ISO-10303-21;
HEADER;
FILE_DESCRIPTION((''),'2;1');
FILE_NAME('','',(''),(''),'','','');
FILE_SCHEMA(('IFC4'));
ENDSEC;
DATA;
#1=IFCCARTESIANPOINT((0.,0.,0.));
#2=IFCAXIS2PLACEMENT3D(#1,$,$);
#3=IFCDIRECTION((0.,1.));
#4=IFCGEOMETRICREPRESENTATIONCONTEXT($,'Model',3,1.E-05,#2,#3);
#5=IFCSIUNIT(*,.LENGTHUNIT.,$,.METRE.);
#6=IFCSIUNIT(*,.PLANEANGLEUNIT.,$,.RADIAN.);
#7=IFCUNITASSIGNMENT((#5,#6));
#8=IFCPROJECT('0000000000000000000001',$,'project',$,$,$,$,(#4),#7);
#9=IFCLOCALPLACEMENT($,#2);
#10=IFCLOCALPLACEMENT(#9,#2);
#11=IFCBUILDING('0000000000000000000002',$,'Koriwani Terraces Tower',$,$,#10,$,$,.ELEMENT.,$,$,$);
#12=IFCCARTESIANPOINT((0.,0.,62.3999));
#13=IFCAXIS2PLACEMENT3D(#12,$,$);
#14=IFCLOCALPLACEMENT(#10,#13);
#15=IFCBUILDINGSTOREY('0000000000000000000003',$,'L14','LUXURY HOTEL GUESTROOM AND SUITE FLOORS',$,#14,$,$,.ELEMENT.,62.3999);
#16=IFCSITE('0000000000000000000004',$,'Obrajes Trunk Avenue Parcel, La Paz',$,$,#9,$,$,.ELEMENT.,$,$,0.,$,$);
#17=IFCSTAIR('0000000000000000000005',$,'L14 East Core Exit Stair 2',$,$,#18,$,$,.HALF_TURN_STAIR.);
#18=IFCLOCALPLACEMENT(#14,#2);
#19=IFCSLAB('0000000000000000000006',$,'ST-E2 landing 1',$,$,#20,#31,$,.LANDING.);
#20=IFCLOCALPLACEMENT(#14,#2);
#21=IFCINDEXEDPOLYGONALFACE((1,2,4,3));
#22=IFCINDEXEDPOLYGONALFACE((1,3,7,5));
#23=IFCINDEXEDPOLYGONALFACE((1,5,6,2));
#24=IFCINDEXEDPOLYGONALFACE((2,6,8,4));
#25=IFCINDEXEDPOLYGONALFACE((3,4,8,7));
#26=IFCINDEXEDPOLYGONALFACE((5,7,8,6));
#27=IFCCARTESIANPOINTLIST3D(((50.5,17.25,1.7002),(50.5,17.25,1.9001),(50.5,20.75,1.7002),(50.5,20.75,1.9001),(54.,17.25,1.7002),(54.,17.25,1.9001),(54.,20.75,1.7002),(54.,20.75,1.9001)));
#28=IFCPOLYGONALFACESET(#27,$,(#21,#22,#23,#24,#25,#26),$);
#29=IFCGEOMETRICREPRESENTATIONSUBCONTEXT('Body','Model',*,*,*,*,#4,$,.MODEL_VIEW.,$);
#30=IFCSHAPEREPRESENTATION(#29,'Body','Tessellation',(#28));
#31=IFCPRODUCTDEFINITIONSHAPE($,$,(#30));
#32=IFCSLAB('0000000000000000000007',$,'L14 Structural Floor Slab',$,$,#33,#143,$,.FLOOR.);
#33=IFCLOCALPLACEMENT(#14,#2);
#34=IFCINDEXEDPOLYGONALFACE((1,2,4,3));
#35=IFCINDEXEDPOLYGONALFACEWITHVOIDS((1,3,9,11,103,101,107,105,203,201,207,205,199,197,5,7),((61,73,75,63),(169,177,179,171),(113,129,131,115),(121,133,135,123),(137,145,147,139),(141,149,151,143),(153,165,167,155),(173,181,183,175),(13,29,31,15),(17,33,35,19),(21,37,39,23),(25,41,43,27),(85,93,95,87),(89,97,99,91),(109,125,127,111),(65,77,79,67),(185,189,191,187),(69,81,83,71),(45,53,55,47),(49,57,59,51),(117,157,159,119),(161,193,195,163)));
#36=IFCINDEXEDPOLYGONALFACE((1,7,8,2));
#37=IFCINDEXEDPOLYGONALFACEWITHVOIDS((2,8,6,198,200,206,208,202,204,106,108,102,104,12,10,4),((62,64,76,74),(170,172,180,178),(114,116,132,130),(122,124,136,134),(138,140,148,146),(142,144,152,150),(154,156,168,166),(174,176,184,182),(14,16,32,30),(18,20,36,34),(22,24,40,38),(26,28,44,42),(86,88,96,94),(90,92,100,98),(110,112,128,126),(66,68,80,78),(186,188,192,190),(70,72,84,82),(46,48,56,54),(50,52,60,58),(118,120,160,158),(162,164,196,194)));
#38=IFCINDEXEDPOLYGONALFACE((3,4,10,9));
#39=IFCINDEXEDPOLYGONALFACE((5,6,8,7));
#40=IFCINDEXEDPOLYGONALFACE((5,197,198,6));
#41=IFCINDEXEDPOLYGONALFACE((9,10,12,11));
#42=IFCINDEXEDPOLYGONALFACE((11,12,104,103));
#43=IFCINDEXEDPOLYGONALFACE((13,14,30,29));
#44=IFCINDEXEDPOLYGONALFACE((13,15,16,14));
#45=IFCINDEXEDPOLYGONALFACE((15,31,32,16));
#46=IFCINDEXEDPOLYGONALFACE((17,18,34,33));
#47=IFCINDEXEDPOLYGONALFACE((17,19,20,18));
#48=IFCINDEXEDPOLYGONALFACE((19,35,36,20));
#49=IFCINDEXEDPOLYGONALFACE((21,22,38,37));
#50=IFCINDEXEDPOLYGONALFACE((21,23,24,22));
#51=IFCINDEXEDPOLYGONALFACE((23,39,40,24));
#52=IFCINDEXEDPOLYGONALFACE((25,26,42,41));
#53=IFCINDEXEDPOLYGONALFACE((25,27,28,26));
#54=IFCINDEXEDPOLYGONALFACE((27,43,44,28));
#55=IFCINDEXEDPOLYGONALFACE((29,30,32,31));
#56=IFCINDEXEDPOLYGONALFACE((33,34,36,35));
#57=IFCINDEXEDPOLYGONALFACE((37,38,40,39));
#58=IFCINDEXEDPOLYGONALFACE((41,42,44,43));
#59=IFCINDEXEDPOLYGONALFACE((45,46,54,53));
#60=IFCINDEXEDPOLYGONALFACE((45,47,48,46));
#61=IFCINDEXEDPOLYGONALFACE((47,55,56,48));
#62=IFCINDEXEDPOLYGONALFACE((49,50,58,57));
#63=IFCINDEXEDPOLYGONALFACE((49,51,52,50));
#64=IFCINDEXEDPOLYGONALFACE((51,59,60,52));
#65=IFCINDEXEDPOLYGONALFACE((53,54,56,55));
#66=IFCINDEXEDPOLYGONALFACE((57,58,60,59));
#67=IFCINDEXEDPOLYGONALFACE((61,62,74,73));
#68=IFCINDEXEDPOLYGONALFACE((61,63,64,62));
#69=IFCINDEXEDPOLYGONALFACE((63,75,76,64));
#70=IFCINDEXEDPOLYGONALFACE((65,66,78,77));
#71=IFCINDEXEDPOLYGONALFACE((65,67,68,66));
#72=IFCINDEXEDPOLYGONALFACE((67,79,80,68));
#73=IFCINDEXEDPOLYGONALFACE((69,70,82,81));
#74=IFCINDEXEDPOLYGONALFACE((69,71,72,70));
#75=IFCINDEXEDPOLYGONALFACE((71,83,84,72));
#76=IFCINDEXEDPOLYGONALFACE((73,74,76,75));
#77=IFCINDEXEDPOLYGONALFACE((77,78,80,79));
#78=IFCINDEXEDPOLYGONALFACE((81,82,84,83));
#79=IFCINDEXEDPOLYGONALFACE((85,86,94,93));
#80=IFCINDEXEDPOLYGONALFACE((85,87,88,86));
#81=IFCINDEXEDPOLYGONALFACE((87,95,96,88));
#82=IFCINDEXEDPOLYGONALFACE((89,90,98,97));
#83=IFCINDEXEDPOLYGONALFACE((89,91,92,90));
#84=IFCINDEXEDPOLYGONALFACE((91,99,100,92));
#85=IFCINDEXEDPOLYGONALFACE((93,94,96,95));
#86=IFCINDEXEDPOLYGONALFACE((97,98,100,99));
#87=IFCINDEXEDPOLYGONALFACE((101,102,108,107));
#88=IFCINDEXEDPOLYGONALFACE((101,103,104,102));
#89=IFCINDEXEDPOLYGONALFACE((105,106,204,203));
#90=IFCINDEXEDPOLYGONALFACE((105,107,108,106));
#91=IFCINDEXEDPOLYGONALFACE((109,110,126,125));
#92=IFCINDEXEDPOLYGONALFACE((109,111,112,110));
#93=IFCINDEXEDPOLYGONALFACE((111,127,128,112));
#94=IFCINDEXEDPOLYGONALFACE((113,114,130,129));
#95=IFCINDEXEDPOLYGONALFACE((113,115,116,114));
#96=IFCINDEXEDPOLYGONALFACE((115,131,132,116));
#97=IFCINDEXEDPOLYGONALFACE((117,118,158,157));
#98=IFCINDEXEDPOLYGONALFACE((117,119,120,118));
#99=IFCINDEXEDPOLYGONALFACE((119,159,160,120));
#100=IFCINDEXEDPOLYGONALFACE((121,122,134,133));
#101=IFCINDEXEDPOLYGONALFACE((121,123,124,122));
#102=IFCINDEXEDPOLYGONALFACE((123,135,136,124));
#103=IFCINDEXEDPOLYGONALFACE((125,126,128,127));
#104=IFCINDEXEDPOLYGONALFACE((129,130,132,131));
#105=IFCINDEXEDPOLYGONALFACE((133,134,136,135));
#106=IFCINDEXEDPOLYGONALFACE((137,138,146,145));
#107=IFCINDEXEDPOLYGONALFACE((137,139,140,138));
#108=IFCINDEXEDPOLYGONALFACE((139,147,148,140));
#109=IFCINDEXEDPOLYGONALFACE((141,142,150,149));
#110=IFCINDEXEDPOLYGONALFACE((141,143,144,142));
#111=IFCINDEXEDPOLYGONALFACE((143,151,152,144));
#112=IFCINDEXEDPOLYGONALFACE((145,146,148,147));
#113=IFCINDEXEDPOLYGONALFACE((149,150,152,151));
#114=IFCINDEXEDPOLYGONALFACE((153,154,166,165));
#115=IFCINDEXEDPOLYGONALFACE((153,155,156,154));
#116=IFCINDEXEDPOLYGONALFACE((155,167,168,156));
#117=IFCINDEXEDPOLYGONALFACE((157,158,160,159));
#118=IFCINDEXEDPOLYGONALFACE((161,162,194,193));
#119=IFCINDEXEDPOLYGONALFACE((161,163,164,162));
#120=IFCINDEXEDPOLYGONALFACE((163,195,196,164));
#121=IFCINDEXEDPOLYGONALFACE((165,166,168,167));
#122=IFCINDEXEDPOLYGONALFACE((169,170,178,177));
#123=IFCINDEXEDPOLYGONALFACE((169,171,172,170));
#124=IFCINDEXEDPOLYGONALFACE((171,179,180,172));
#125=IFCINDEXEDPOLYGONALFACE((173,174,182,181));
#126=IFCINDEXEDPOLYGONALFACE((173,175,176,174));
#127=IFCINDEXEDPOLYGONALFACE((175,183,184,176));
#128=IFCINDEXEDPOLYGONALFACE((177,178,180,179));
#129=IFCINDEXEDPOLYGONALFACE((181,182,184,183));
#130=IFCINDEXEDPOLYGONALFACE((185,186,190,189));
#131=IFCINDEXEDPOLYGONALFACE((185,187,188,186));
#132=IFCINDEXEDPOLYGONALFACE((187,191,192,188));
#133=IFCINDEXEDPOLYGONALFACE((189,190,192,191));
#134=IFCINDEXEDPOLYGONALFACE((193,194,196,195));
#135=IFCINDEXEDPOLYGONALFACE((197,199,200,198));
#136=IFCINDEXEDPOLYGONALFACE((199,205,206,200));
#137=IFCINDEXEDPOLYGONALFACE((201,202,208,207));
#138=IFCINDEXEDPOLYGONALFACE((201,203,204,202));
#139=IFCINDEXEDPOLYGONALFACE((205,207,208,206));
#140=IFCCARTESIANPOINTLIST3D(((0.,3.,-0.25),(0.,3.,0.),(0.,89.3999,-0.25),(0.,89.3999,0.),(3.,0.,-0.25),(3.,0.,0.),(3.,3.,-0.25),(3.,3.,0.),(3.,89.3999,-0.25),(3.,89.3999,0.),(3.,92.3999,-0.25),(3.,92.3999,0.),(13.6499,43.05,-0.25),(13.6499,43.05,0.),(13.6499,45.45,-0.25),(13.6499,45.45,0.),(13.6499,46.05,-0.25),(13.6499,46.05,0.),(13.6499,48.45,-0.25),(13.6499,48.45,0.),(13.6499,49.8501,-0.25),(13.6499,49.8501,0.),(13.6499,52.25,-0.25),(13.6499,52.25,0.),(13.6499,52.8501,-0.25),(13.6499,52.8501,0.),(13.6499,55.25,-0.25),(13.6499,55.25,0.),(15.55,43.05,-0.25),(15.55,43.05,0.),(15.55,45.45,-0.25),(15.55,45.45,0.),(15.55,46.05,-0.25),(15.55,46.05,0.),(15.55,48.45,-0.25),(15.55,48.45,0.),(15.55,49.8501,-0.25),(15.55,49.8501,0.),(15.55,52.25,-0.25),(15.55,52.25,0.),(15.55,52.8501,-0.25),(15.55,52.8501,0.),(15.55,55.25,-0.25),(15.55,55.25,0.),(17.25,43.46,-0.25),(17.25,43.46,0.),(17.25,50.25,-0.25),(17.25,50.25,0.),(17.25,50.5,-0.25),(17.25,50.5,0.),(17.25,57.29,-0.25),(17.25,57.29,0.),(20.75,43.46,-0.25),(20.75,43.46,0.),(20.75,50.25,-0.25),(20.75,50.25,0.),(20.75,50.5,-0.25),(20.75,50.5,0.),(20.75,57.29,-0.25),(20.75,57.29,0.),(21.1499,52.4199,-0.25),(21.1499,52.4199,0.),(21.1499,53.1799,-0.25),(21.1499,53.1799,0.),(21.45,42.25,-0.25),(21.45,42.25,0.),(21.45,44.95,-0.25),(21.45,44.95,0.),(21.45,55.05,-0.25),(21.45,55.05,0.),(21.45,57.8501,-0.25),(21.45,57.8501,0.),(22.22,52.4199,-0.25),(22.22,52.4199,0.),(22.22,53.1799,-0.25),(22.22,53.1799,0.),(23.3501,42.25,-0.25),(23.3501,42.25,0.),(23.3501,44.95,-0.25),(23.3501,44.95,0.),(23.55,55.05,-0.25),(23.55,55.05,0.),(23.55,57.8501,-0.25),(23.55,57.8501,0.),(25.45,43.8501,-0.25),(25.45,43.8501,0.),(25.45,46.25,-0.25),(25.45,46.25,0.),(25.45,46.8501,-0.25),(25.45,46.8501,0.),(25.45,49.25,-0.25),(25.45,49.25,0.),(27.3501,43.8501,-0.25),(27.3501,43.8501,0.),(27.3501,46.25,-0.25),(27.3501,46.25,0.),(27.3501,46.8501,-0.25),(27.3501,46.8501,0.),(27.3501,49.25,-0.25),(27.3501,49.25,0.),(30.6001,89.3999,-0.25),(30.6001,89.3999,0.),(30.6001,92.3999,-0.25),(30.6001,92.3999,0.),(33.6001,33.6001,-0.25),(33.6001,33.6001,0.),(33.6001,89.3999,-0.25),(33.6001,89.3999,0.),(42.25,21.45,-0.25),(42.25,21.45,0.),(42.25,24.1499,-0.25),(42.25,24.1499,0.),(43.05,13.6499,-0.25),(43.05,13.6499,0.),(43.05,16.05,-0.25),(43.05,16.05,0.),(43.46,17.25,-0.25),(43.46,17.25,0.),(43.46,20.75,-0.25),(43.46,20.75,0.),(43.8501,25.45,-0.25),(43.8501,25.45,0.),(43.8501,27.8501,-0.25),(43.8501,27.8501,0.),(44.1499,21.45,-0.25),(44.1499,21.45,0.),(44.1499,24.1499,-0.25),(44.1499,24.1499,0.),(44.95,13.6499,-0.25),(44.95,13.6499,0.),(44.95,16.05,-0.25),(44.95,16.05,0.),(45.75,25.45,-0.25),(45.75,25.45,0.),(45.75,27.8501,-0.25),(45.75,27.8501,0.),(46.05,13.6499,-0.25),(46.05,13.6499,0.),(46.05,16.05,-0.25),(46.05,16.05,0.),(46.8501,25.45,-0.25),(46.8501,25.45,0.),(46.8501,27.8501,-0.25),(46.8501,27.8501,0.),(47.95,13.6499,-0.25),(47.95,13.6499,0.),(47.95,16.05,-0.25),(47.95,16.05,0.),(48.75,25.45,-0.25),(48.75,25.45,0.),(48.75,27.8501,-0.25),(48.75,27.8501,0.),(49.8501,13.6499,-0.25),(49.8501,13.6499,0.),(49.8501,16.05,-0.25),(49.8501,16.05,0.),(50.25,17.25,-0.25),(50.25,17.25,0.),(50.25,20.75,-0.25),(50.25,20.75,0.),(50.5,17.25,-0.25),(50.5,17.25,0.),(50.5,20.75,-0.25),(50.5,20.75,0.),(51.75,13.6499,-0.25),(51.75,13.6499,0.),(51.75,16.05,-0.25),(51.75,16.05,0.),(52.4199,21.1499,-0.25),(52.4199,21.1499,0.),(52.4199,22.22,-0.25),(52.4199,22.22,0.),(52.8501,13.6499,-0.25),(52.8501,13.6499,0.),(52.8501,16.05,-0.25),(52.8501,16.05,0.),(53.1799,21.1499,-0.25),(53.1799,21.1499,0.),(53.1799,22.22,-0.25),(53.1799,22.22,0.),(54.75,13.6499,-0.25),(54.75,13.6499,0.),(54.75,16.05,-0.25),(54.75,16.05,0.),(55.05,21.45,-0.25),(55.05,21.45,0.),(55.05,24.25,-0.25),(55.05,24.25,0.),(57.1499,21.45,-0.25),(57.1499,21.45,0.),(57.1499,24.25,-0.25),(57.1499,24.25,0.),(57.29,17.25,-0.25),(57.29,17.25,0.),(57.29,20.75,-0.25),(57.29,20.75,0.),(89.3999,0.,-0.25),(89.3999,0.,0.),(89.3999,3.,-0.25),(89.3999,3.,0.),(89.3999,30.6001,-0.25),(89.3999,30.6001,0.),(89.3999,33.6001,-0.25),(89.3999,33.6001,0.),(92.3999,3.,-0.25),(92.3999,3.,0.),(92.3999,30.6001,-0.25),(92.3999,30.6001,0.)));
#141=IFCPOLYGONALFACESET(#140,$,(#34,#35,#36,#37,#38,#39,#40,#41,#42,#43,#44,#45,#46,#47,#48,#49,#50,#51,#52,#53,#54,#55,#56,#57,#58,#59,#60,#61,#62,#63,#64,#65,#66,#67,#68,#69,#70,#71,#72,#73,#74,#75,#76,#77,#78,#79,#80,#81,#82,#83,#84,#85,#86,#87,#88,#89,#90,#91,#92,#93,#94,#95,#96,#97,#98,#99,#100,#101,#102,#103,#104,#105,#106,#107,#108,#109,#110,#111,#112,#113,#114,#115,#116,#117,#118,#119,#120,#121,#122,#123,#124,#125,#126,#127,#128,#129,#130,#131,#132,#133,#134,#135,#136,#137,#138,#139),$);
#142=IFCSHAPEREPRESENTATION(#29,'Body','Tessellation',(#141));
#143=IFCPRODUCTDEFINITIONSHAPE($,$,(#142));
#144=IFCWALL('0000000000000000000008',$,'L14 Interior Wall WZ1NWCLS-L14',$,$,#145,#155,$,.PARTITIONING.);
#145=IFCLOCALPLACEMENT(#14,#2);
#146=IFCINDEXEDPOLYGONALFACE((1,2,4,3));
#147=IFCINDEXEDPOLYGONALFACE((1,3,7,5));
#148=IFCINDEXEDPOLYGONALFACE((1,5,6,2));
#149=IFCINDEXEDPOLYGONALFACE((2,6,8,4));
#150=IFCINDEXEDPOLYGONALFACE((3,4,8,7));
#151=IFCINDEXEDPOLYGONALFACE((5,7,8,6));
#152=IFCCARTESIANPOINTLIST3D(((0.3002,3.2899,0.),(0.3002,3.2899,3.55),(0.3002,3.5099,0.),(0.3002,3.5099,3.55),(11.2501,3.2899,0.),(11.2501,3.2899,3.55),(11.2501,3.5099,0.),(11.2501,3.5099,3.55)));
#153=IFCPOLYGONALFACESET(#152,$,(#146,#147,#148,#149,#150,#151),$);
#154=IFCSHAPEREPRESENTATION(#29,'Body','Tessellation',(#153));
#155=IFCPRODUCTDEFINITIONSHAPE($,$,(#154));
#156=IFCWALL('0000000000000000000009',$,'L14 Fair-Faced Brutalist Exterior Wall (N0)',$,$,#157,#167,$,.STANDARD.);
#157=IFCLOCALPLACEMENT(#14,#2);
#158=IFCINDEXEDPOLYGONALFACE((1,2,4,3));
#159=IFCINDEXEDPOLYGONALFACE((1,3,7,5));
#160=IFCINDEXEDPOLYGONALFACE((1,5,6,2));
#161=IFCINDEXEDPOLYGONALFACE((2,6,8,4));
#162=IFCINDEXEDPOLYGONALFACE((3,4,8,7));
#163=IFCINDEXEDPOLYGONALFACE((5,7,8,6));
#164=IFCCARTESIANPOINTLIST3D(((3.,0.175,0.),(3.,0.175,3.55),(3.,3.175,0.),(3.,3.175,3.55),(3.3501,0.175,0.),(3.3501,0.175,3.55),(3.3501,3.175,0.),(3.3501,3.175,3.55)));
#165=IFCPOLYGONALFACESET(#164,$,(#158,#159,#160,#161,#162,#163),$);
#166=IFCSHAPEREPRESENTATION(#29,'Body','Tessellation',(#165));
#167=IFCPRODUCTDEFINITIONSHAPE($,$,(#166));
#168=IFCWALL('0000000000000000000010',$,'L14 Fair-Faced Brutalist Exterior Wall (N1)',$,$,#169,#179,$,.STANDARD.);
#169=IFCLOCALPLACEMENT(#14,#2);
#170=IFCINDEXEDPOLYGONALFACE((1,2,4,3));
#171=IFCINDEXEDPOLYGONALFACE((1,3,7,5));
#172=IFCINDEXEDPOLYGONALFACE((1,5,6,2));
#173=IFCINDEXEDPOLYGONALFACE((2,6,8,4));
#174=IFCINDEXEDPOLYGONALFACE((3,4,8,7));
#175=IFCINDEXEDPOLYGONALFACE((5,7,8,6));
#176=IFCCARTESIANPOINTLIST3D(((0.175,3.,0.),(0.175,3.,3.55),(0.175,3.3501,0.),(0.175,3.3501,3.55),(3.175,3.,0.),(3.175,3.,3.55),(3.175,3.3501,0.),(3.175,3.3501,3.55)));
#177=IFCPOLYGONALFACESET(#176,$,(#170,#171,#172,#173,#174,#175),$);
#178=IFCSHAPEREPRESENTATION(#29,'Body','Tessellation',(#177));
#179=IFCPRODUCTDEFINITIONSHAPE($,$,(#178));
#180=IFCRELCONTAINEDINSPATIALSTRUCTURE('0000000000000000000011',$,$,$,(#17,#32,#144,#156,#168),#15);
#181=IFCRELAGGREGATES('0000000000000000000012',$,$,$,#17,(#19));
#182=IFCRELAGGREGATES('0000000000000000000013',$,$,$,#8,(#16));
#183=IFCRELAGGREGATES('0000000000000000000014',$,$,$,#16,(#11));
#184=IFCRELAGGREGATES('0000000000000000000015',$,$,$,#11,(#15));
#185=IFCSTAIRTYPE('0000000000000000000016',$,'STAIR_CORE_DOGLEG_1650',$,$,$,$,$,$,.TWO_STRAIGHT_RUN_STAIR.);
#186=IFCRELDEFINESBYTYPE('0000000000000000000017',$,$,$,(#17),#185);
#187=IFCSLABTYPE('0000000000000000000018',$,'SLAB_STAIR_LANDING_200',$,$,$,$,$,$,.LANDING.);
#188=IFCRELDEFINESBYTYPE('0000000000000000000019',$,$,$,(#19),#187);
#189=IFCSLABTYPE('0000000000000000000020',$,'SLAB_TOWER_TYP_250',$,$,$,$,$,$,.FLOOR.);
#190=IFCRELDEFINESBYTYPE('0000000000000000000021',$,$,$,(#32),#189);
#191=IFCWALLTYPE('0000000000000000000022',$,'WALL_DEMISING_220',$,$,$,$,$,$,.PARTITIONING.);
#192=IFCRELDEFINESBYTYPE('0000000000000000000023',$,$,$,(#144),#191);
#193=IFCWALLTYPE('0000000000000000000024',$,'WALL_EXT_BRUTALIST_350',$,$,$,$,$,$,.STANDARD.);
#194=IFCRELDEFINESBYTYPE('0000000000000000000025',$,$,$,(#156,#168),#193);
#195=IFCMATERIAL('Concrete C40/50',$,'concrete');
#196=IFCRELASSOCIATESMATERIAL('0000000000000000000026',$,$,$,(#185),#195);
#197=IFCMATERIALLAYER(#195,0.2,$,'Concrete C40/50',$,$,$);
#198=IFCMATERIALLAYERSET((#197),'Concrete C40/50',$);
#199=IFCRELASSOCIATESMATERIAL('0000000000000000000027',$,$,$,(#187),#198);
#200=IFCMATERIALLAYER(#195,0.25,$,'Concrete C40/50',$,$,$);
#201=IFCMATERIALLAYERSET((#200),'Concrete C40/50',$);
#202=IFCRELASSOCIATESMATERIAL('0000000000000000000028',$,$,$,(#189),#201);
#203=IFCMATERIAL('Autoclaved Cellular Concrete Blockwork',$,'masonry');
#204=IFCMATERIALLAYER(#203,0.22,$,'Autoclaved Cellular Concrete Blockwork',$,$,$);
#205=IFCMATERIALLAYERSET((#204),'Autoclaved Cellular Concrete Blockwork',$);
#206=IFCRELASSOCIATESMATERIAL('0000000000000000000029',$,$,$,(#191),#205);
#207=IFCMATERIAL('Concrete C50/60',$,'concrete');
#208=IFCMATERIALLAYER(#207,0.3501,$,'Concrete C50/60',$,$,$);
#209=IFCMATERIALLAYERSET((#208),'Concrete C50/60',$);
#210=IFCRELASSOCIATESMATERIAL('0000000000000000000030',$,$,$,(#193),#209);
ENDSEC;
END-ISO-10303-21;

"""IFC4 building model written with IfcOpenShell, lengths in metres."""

from ifc_helpers import new_model, si_unit, direction, frame, frame_2d, origin, place, context, subcontext, project, spatial, polyline, rectangle, outline, extrude, material, layer, layer_set, type_object, element, aggregate, save


model = new_model("IFC4")

# Units and contexts
model_context = context("Model", 3, precision=1e-05, world=origin(), true_north=direction((0.0, 1.0)))
body_context = subcontext(model_context, "Body", "Model", "MODEL_VIEW")
ifc_project = project(units=[si_unit("LENGTHUNIT", "METRE"), si_unit("PLANEANGLEUNIT", "RADIAN")], contexts=[model_context])

# Site, building, storey
site_placement = place(None, origin())
site = spatial("IfcSite", under=ifc_project, at=site_placement, Name="Obrajes Trunk Avenue Parcel, La Paz", CompositionType="ELEMENT", RefElevation=0.0)
building_placement = place(site_placement, origin())
building = spatial("IfcBuilding", under=site, at=building_placement, Name="Koriwani Terraces Tower", CompositionType="ELEMENT")
storey_placement = place(building_placement, frame((0.0, 0.0, 62.3999)))
storey = spatial("IfcBuildingStorey", under=building, at=storey_placement, Name="L14", Description="LUXURY HOTEL GUESTROOM AND SUITE FLOORS", CompositionType="ELEMENT", Elevation=62.3999)

# Shared definitions
ifc_material_1 = material(Name="Concrete C50/60", Category="concrete")

# Shared definitions
ifc_material_2 = material(Name="Concrete C40/50", Category="concrete")

# Stair, slab
stair_type = type_object("IfcStairType", Name="STAIR_CORE_DOGLEG_1650", PredefinedType="TWO_STRAIGHT_RUN_STAIR", material=ifc_material_2)
ifc_layer_1 = layer(ifc_material_2, 0.2, Name="Concrete C40/50")
ifc_layer_set_1 = layer_set([ifc_layer_1], Name="Concrete C40/50")
slab_type_1 = type_object("IfcSlabType", Name="SLAB_STAIR_LANDING_200", PredefinedType="LANDING", material=ifc_layer_set_1)
stair_1_placement = place(storey_placement, origin())
stair_1 = element("IfcStair", 1, at=stair_1_placement, inside=storey, type_object=stair_type, Name="L14 East Core Exit Stair 2", PredefinedType="HALF_TURN_STAIR")
slab_1_placement = place(storey_placement, frame((0.0, 0.0, 1.7002)))
slab_1 = element("IfcSlab", 2, at=slab_1_placement, type_object=slab_type_1, Name="ST-E2 landing 1", PredefinedType="LANDING", context=body_context, shape_type="SweptSolid", body=[
    extrude(outline(polyline([(54.0, 20.75), (50.5, 20.75), (50.5, 17.25), (54.0, 17.25), (54.0, 20.75)])), origin(), (0.0, 0.0, 1.0), 0.2),
])
aggregate(stair_1, [slab_1])

# Slab
ifc_layer_2 = layer(ifc_material_2, 0.25, Name="Concrete C40/50")
ifc_layer_set_2 = layer_set([ifc_layer_2], Name="Concrete C40/50")
slab_type_2 = type_object("IfcSlabType", Name="SLAB_TOWER_TYP_250", PredefinedType="FLOOR", material=ifc_layer_set_2)
slab_2_placement = place(storey_placement, frame((0.0, 0.0, -0.25)))
element("IfcSlab", 3, at=slab_2_placement, inside=storey, type_object=slab_type_2, Name="L14 Structural Floor Slab", PredefinedType="FLOOR", context=body_context, shape_type="SweptSolid", body=[
    extrude(outline(polyline([(3.0, 0.0), (89.3999, 0.0), (89.3999, 3.0), (92.3999, 3.0), (92.3999, 30.6001), (89.3999, 30.6001), (89.3999, 33.6001), (33.6001, 33.6001), (33.6001, 89.3999), (30.6001, 89.3999), (30.6001, 92.3999), (3.0, 92.3999), (3.0, 89.3999), (0.0, 89.3999), (0.0, 3.0), (3.0, 3.0), (3.0, 0.0)]), holes=[polyline([(17.25, 43.46), (20.75, 43.46), (20.75, 50.25), (17.25, 50.25), (17.25, 43.46)]), polyline([(17.25, 50.5), (20.75, 50.5), (20.75, 57.29), (17.25, 57.29), (17.25, 50.5)]), polyline([(43.46, 17.25), (50.25, 17.25), (50.25, 20.75), (43.46, 20.75), (43.46, 17.25)]), polyline([(50.5, 17.25), (57.29, 17.25), (57.29, 20.75), (50.5, 20.75), (50.5, 17.25)]), polyline([(13.6499, 43.05), (15.55, 43.05), (15.55, 45.45), (13.6499, 45.45), (13.6499, 43.05)]), polyline([(13.6499, 46.05), (15.55, 46.05), (15.55, 48.45), (13.6499, 48.45), (13.6499, 46.05)]), polyline([(43.05, 13.6499), (44.95, 13.6499), (44.95, 16.05), (43.05, 16.05), (43.05, 13.6499)]), polyline([(46.05, 13.6499), (47.95, 13.6499), (47.95, 16.05), (46.05, 16.05), (46.05, 13.6499)]), polyline([(13.6499, 49.8501), (15.55, 49.8501), (15.55, 52.25), (13.6499, 52.25), (13.6499, 49.8501)]), polyline([(13.6499, 52.8501), (15.55, 52.8501), (15.55, 55.25), (13.6499, 55.25), (13.6499, 52.8501)]), polyline([(49.8501, 13.6499), (51.75, 13.6499), (51.75, 16.05), (49.8501, 16.05), (49.8501, 13.6499)]), polyline([(52.8501, 13.6499), (54.75, 13.6499), (54.75, 16.05), (52.8501, 16.05), (52.8501, 13.6499)]), polyline([(25.45, 43.8501), (27.3501, 43.8501), (27.3501, 46.25), (25.45, 46.25), (25.45, 43.8501)]), polyline([(25.45, 46.8501), (27.3501, 46.8501), (27.3501, 49.25), (25.45, 49.25), (25.45, 46.8501)]), polyline([(43.8501, 25.45), (45.75, 25.45), (45.75, 27.8501), (43.8501, 27.8501), (43.8501, 25.45)]), polyline([(46.8501, 25.45), (48.75, 25.45), (48.75, 27.8501), (46.8501, 27.8501), (46.8501, 25.45)]), polyline([(21.45, 55.05), (23.55, 55.05), (23.55, 57.8501), (21.45, 57.8501), (21.45, 55.05)]), polyline([(55.05, 21.45), (57.1499, 21.45), (57.1499, 24.25), (55.05, 24.25), (55.05, 21.45)]), polyline([(21.45, 42.25), (23.3501, 42.25), (23.3501, 44.95), (21.45, 44.95), (21.45, 42.25)]), polyline([(42.25, 21.45), (44.1499, 21.45), (44.1499, 24.1499), (42.25, 24.1499), (42.25, 21.45)]), polyline([(21.1499, 52.4199), (22.22, 52.4199), (22.22, 53.1799), (21.1499, 53.1799), (21.1499, 52.4199)]), polyline([(52.4199, 21.1499), (53.1799, 21.1499), (53.1799, 22.22), (52.4199, 22.22), (52.4199, 21.1499)])]), origin(), (0.0, 0.0, 1.0), 0.25),
])

# Walls
ifc_material_3 = material(Name="Autoclaved Cellular Concrete Blockwork", Category="masonry")
ifc_layer_3 = layer(ifc_material_3, 0.22, Name="Autoclaved Cellular Concrete Blockwork")
ifc_layer_set_3 = layer_set([ifc_layer_3], Name="Autoclaved Cellular Concrete Blockwork")
wall_type_1 = type_object("IfcWallType", Name="WALL_DEMISING_220", PredefinedType="PARTITIONING", material=ifc_layer_set_3)
wall_1_placement = place(storey_placement, frame((0.3, 3.3999, 0.0), z_axis=(0.0, 0.0, 1.0), x_axis=(1.0, 0.0, 0.0)))
element("IfcWall", 4, at=wall_1_placement, inside=storey, type_object=wall_type_1, Name="L14 Interior Wall WZ1NWCLS-L14", PredefinedType="PARTITIONING", context=body_context, shape_type="SweptSolid", body=[
    extrude(rectangle(XDim=10.95, YDim=0.22, at=frame_2d((5.4751, 0.0))), origin(), (0.0, 0.0, 1.0), 3.55),
])
ifc_layer_4 = layer(ifc_material_1, 0.3501, Name="Concrete C50/60")
ifc_layer_set_4 = layer_set([ifc_layer_4], Name="Concrete C50/60")
wall_type_2 = type_object("IfcWallType", Name="WALL_EXT_BRUTALIST_350", PredefinedType="STANDARD", material=ifc_layer_set_4)
for number, where, z_axis, x_axis, name in (
    (5, (3.175, 0.175, 0.0), (0.0, 0.0, 1.0), (0.0, 1.0, 0.0), "L14 Fair-Faced Brutalist Exterior Wall (N0)"),
    (6, (3.175, 3.175, 0.0), (0.0, 0.0, 1.0), (-1.0, 0.0, 0.0), "L14 Fair-Faced Brutalist Exterior Wall (N1)"),
):
    element("IfcWall", number, at=place(storey_placement, frame(where, z_axis=z_axis, x_axis=x_axis)), inside=storey, type_object=wall_type_2, Name=name, PredefinedType="STANDARD", context=body_context, shape_type="SweptSolid", body=[
        extrude(rectangle(XDim=3.0, YDim=0.3501, at=frame_2d((1.5, 0.0))), origin(), (0.0, 0.0, 1.0), 3.55),
    ])

save(model, "model.ifc")
